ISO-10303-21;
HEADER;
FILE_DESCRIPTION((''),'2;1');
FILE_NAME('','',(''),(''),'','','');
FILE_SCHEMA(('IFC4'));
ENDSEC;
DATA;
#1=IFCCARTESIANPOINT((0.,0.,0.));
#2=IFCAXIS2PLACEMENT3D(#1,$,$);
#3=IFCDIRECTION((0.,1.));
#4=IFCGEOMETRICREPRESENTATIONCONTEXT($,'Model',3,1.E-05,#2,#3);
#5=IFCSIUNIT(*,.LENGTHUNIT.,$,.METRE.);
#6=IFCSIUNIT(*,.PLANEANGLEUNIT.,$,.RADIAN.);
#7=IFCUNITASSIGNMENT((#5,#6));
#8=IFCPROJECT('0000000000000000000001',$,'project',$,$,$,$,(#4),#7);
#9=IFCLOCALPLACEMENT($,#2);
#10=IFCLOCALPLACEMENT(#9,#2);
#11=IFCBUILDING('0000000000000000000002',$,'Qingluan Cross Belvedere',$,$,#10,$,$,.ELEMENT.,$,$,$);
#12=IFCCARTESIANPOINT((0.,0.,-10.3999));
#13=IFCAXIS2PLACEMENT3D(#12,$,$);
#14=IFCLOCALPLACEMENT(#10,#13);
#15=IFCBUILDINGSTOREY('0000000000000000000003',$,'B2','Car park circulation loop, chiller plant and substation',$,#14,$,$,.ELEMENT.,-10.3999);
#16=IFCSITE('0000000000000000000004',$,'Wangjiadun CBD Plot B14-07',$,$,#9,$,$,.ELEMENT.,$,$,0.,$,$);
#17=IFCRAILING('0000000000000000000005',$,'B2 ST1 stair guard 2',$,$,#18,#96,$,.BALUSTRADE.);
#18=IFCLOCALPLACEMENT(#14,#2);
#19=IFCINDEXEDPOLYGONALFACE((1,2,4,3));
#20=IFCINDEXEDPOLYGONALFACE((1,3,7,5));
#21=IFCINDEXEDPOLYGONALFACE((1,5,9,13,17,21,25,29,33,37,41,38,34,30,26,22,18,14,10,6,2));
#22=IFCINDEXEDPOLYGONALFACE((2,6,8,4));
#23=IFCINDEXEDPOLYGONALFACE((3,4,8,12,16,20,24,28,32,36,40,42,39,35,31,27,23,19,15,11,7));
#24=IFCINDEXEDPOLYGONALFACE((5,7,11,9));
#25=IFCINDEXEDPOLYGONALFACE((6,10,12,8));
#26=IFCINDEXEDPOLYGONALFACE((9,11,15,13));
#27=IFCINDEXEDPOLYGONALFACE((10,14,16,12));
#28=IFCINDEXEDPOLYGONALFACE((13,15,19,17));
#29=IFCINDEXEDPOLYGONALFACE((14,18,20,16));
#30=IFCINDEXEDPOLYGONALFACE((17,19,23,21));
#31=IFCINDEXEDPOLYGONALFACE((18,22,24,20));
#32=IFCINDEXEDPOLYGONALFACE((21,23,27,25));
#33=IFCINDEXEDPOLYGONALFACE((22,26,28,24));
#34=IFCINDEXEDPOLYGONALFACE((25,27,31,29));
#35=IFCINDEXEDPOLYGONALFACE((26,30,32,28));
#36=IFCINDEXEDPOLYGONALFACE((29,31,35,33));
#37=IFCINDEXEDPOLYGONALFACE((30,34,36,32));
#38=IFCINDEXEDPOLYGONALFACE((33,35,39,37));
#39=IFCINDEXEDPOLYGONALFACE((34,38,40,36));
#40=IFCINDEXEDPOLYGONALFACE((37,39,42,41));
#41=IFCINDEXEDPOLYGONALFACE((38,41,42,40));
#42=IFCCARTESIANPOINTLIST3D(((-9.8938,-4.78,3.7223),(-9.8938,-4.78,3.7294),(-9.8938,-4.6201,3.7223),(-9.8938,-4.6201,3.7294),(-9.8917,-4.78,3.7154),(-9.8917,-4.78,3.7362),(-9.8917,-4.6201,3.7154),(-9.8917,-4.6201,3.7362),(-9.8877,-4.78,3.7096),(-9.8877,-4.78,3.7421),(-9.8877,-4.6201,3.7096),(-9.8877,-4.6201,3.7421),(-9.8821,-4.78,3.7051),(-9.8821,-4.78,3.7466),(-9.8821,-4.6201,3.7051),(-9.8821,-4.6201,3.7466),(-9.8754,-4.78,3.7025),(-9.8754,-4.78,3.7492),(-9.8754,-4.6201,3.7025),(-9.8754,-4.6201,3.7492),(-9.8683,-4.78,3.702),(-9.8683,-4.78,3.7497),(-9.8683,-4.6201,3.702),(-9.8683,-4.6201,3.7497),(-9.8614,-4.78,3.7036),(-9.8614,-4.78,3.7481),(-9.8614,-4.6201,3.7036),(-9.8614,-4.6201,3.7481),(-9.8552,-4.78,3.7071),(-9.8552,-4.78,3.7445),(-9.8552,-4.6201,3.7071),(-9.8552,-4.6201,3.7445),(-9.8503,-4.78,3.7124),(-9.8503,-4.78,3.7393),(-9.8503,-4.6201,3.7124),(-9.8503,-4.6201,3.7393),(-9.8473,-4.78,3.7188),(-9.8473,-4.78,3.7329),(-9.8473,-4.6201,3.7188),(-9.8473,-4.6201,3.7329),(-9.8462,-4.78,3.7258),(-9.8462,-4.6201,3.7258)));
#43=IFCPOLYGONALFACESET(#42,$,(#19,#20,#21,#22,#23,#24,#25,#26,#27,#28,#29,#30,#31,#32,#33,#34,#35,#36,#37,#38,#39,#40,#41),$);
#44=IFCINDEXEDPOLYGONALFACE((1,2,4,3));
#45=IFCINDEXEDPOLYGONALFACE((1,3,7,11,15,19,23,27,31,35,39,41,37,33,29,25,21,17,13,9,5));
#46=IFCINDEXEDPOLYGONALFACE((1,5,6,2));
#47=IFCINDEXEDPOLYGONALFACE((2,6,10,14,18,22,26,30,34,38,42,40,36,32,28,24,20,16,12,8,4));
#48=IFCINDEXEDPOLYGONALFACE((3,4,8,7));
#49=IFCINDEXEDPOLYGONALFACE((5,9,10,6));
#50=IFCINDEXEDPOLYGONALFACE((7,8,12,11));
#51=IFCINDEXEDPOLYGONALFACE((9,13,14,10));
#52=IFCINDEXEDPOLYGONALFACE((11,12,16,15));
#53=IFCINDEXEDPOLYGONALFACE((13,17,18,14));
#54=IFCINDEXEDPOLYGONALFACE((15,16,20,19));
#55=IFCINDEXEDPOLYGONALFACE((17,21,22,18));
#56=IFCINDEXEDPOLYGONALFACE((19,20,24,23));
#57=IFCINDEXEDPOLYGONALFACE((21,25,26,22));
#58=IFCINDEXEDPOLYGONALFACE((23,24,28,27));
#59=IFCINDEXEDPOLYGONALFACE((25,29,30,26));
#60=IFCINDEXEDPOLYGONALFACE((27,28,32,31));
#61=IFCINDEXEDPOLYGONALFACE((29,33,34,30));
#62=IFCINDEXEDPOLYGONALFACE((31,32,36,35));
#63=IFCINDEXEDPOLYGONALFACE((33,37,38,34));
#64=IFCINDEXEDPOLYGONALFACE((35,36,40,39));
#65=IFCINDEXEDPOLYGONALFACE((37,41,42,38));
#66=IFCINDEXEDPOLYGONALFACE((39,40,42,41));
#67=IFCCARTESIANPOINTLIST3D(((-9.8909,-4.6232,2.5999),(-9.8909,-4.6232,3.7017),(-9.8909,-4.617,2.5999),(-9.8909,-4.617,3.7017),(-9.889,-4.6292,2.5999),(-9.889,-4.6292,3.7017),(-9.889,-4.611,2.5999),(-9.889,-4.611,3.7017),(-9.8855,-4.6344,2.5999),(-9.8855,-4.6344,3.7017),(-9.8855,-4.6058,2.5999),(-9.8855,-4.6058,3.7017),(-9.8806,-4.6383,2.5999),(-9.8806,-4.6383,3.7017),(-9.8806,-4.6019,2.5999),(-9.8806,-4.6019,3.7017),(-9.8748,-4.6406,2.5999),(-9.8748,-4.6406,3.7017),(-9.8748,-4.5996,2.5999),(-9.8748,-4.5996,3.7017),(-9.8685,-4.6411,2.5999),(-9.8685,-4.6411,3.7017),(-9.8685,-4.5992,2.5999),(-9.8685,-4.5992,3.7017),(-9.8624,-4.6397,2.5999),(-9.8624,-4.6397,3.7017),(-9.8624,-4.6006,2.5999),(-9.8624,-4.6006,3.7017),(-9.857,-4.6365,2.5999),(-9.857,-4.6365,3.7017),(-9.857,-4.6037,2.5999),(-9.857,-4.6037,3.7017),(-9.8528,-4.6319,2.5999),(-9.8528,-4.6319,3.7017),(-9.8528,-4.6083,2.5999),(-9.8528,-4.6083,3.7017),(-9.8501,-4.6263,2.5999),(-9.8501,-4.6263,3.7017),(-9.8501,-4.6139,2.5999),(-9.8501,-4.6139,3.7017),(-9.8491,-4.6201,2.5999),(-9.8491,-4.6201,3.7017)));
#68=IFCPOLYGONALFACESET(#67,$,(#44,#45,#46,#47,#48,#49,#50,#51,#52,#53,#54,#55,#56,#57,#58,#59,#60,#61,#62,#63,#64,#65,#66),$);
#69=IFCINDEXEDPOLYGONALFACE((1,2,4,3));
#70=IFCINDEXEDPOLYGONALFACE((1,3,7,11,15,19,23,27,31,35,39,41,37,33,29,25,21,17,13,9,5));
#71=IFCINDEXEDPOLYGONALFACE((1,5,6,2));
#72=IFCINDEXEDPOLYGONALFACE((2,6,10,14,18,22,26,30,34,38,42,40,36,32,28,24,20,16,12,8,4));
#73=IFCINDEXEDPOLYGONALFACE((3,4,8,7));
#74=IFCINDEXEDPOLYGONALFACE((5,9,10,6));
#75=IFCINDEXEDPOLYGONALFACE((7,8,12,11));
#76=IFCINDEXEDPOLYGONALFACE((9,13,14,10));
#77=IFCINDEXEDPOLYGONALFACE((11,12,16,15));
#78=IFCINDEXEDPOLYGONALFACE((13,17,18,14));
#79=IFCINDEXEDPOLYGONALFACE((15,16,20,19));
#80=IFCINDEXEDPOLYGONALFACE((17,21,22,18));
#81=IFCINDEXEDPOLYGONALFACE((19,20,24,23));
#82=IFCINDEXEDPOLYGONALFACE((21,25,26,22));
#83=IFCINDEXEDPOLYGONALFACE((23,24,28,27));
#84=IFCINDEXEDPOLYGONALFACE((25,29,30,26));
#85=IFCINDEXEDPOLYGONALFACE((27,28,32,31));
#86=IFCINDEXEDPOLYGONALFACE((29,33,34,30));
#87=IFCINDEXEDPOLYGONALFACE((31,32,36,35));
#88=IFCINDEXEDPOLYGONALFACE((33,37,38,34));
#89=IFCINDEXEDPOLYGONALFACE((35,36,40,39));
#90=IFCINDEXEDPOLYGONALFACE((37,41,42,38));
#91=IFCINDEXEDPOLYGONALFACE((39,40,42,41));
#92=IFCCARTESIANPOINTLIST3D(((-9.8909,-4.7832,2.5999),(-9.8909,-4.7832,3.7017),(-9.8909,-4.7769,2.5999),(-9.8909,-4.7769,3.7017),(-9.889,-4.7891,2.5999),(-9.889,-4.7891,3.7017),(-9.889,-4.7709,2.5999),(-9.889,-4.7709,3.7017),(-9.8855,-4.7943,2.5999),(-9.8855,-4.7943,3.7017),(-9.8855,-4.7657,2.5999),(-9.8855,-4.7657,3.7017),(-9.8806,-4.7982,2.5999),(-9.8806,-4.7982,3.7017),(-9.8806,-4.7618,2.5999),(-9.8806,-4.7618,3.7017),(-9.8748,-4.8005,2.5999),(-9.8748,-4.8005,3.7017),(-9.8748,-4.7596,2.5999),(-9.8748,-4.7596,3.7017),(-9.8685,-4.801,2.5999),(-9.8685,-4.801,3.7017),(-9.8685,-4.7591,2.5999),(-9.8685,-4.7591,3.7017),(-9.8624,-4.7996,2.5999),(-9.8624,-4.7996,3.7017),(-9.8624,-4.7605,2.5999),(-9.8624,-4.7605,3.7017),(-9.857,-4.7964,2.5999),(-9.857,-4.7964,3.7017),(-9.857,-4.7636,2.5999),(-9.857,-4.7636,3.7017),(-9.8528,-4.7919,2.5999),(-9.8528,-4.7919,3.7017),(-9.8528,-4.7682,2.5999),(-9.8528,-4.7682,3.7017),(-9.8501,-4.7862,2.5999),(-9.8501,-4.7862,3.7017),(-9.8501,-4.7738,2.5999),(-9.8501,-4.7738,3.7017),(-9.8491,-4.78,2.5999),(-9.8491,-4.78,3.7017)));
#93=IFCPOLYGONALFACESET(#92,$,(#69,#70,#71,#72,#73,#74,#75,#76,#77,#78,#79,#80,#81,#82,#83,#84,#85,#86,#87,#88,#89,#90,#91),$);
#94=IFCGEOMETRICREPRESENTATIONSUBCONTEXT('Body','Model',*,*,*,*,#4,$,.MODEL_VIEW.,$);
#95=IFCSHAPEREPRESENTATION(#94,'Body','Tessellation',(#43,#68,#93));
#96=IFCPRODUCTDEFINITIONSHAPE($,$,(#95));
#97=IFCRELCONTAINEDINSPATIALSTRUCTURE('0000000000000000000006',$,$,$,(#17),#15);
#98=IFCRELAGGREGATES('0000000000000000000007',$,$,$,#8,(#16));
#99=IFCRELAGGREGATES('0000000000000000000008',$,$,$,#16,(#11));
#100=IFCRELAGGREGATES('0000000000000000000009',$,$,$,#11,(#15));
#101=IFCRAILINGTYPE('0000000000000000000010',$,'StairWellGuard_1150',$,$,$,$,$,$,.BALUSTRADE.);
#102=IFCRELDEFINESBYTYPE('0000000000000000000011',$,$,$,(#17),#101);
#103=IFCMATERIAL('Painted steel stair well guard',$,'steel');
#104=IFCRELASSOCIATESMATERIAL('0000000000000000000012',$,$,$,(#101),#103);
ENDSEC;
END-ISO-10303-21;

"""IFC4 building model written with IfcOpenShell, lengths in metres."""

from ifc_helpers import new_model, si_unit, direction, frame, origin, origin_2d, place, context, subcontext, project, spatial, circle, extrude, material, type_object, element, save


model = new_model("IFC4")

# Units and contexts
model_context = context("Model", 3, precision=1e-05, world=origin(), true_north=direction((0.0, 1.0)))
body_context = subcontext(model_context, "Body", "Model", "MODEL_VIEW")
ifc_project = project(units=[si_unit("LENGTHUNIT", "METRE"), si_unit("PLANEANGLEUNIT", "RADIAN")], contexts=[model_context])

# Site, building, storey
site_placement = place(None, origin())
site = spatial("IfcSite", under=ifc_project, at=site_placement, Name="Wangjiadun CBD Plot B14-07", CompositionType="ELEMENT", RefElevation=0.0)
building_placement = place(site_placement, origin())
building = spatial("IfcBuilding", under=site, at=building_placement, Name="Qingluan Cross Belvedere", CompositionType="ELEMENT")
storey_placement = place(building_placement, frame((0.0, 0.0, -10.3999)))
storey = spatial("IfcBuildingStorey", under=building, at=storey_placement, Name="B2", Description="Car park circulation loop, chiller plant and substation", CompositionType="ELEMENT", Elevation=-10.3999)

# Railing
ifc_material_1 = material(Name="Painted steel stair well guard", Category="steel")
railing_type_1 = type_object("IfcRailingType", Name="StairWellGuard_1150", PredefinedType="BALUSTRADE", material=ifc_material_1)
railing_1_placement = place(storey_placement, frame((-9.8701, -4.6201, 2.5999)))
element("IfcRailing", 1, at=railing_1_placement, inside=storey, type_object=railing_type_1, Name="B2 ST1 stair guard 2", PredefinedType="BALUSTRADE", context=body_context, shape_type="SweptSolid", body=[
    extrude(circle(Radius=0.0239, at=origin_2d()), frame((0.0, 0.0, 1.126), z_axis=(0.0, -1.0, 0.0), x_axis=(1.0, 0.0, 0.0)), (0.0, 0.0, 1.0), 0.1599),
    extrude(circle(Radius=0.021, at=origin_2d()), origin(), (0.0, 0.0, 1.0), 1.1018),
    extrude(circle(Radius=0.021, at=origin_2d()), frame((0.0, -0.1599, 0.0)), (0.0, 0.0, 1.0), 1.1018),
])

save(model, "model.ifc")
